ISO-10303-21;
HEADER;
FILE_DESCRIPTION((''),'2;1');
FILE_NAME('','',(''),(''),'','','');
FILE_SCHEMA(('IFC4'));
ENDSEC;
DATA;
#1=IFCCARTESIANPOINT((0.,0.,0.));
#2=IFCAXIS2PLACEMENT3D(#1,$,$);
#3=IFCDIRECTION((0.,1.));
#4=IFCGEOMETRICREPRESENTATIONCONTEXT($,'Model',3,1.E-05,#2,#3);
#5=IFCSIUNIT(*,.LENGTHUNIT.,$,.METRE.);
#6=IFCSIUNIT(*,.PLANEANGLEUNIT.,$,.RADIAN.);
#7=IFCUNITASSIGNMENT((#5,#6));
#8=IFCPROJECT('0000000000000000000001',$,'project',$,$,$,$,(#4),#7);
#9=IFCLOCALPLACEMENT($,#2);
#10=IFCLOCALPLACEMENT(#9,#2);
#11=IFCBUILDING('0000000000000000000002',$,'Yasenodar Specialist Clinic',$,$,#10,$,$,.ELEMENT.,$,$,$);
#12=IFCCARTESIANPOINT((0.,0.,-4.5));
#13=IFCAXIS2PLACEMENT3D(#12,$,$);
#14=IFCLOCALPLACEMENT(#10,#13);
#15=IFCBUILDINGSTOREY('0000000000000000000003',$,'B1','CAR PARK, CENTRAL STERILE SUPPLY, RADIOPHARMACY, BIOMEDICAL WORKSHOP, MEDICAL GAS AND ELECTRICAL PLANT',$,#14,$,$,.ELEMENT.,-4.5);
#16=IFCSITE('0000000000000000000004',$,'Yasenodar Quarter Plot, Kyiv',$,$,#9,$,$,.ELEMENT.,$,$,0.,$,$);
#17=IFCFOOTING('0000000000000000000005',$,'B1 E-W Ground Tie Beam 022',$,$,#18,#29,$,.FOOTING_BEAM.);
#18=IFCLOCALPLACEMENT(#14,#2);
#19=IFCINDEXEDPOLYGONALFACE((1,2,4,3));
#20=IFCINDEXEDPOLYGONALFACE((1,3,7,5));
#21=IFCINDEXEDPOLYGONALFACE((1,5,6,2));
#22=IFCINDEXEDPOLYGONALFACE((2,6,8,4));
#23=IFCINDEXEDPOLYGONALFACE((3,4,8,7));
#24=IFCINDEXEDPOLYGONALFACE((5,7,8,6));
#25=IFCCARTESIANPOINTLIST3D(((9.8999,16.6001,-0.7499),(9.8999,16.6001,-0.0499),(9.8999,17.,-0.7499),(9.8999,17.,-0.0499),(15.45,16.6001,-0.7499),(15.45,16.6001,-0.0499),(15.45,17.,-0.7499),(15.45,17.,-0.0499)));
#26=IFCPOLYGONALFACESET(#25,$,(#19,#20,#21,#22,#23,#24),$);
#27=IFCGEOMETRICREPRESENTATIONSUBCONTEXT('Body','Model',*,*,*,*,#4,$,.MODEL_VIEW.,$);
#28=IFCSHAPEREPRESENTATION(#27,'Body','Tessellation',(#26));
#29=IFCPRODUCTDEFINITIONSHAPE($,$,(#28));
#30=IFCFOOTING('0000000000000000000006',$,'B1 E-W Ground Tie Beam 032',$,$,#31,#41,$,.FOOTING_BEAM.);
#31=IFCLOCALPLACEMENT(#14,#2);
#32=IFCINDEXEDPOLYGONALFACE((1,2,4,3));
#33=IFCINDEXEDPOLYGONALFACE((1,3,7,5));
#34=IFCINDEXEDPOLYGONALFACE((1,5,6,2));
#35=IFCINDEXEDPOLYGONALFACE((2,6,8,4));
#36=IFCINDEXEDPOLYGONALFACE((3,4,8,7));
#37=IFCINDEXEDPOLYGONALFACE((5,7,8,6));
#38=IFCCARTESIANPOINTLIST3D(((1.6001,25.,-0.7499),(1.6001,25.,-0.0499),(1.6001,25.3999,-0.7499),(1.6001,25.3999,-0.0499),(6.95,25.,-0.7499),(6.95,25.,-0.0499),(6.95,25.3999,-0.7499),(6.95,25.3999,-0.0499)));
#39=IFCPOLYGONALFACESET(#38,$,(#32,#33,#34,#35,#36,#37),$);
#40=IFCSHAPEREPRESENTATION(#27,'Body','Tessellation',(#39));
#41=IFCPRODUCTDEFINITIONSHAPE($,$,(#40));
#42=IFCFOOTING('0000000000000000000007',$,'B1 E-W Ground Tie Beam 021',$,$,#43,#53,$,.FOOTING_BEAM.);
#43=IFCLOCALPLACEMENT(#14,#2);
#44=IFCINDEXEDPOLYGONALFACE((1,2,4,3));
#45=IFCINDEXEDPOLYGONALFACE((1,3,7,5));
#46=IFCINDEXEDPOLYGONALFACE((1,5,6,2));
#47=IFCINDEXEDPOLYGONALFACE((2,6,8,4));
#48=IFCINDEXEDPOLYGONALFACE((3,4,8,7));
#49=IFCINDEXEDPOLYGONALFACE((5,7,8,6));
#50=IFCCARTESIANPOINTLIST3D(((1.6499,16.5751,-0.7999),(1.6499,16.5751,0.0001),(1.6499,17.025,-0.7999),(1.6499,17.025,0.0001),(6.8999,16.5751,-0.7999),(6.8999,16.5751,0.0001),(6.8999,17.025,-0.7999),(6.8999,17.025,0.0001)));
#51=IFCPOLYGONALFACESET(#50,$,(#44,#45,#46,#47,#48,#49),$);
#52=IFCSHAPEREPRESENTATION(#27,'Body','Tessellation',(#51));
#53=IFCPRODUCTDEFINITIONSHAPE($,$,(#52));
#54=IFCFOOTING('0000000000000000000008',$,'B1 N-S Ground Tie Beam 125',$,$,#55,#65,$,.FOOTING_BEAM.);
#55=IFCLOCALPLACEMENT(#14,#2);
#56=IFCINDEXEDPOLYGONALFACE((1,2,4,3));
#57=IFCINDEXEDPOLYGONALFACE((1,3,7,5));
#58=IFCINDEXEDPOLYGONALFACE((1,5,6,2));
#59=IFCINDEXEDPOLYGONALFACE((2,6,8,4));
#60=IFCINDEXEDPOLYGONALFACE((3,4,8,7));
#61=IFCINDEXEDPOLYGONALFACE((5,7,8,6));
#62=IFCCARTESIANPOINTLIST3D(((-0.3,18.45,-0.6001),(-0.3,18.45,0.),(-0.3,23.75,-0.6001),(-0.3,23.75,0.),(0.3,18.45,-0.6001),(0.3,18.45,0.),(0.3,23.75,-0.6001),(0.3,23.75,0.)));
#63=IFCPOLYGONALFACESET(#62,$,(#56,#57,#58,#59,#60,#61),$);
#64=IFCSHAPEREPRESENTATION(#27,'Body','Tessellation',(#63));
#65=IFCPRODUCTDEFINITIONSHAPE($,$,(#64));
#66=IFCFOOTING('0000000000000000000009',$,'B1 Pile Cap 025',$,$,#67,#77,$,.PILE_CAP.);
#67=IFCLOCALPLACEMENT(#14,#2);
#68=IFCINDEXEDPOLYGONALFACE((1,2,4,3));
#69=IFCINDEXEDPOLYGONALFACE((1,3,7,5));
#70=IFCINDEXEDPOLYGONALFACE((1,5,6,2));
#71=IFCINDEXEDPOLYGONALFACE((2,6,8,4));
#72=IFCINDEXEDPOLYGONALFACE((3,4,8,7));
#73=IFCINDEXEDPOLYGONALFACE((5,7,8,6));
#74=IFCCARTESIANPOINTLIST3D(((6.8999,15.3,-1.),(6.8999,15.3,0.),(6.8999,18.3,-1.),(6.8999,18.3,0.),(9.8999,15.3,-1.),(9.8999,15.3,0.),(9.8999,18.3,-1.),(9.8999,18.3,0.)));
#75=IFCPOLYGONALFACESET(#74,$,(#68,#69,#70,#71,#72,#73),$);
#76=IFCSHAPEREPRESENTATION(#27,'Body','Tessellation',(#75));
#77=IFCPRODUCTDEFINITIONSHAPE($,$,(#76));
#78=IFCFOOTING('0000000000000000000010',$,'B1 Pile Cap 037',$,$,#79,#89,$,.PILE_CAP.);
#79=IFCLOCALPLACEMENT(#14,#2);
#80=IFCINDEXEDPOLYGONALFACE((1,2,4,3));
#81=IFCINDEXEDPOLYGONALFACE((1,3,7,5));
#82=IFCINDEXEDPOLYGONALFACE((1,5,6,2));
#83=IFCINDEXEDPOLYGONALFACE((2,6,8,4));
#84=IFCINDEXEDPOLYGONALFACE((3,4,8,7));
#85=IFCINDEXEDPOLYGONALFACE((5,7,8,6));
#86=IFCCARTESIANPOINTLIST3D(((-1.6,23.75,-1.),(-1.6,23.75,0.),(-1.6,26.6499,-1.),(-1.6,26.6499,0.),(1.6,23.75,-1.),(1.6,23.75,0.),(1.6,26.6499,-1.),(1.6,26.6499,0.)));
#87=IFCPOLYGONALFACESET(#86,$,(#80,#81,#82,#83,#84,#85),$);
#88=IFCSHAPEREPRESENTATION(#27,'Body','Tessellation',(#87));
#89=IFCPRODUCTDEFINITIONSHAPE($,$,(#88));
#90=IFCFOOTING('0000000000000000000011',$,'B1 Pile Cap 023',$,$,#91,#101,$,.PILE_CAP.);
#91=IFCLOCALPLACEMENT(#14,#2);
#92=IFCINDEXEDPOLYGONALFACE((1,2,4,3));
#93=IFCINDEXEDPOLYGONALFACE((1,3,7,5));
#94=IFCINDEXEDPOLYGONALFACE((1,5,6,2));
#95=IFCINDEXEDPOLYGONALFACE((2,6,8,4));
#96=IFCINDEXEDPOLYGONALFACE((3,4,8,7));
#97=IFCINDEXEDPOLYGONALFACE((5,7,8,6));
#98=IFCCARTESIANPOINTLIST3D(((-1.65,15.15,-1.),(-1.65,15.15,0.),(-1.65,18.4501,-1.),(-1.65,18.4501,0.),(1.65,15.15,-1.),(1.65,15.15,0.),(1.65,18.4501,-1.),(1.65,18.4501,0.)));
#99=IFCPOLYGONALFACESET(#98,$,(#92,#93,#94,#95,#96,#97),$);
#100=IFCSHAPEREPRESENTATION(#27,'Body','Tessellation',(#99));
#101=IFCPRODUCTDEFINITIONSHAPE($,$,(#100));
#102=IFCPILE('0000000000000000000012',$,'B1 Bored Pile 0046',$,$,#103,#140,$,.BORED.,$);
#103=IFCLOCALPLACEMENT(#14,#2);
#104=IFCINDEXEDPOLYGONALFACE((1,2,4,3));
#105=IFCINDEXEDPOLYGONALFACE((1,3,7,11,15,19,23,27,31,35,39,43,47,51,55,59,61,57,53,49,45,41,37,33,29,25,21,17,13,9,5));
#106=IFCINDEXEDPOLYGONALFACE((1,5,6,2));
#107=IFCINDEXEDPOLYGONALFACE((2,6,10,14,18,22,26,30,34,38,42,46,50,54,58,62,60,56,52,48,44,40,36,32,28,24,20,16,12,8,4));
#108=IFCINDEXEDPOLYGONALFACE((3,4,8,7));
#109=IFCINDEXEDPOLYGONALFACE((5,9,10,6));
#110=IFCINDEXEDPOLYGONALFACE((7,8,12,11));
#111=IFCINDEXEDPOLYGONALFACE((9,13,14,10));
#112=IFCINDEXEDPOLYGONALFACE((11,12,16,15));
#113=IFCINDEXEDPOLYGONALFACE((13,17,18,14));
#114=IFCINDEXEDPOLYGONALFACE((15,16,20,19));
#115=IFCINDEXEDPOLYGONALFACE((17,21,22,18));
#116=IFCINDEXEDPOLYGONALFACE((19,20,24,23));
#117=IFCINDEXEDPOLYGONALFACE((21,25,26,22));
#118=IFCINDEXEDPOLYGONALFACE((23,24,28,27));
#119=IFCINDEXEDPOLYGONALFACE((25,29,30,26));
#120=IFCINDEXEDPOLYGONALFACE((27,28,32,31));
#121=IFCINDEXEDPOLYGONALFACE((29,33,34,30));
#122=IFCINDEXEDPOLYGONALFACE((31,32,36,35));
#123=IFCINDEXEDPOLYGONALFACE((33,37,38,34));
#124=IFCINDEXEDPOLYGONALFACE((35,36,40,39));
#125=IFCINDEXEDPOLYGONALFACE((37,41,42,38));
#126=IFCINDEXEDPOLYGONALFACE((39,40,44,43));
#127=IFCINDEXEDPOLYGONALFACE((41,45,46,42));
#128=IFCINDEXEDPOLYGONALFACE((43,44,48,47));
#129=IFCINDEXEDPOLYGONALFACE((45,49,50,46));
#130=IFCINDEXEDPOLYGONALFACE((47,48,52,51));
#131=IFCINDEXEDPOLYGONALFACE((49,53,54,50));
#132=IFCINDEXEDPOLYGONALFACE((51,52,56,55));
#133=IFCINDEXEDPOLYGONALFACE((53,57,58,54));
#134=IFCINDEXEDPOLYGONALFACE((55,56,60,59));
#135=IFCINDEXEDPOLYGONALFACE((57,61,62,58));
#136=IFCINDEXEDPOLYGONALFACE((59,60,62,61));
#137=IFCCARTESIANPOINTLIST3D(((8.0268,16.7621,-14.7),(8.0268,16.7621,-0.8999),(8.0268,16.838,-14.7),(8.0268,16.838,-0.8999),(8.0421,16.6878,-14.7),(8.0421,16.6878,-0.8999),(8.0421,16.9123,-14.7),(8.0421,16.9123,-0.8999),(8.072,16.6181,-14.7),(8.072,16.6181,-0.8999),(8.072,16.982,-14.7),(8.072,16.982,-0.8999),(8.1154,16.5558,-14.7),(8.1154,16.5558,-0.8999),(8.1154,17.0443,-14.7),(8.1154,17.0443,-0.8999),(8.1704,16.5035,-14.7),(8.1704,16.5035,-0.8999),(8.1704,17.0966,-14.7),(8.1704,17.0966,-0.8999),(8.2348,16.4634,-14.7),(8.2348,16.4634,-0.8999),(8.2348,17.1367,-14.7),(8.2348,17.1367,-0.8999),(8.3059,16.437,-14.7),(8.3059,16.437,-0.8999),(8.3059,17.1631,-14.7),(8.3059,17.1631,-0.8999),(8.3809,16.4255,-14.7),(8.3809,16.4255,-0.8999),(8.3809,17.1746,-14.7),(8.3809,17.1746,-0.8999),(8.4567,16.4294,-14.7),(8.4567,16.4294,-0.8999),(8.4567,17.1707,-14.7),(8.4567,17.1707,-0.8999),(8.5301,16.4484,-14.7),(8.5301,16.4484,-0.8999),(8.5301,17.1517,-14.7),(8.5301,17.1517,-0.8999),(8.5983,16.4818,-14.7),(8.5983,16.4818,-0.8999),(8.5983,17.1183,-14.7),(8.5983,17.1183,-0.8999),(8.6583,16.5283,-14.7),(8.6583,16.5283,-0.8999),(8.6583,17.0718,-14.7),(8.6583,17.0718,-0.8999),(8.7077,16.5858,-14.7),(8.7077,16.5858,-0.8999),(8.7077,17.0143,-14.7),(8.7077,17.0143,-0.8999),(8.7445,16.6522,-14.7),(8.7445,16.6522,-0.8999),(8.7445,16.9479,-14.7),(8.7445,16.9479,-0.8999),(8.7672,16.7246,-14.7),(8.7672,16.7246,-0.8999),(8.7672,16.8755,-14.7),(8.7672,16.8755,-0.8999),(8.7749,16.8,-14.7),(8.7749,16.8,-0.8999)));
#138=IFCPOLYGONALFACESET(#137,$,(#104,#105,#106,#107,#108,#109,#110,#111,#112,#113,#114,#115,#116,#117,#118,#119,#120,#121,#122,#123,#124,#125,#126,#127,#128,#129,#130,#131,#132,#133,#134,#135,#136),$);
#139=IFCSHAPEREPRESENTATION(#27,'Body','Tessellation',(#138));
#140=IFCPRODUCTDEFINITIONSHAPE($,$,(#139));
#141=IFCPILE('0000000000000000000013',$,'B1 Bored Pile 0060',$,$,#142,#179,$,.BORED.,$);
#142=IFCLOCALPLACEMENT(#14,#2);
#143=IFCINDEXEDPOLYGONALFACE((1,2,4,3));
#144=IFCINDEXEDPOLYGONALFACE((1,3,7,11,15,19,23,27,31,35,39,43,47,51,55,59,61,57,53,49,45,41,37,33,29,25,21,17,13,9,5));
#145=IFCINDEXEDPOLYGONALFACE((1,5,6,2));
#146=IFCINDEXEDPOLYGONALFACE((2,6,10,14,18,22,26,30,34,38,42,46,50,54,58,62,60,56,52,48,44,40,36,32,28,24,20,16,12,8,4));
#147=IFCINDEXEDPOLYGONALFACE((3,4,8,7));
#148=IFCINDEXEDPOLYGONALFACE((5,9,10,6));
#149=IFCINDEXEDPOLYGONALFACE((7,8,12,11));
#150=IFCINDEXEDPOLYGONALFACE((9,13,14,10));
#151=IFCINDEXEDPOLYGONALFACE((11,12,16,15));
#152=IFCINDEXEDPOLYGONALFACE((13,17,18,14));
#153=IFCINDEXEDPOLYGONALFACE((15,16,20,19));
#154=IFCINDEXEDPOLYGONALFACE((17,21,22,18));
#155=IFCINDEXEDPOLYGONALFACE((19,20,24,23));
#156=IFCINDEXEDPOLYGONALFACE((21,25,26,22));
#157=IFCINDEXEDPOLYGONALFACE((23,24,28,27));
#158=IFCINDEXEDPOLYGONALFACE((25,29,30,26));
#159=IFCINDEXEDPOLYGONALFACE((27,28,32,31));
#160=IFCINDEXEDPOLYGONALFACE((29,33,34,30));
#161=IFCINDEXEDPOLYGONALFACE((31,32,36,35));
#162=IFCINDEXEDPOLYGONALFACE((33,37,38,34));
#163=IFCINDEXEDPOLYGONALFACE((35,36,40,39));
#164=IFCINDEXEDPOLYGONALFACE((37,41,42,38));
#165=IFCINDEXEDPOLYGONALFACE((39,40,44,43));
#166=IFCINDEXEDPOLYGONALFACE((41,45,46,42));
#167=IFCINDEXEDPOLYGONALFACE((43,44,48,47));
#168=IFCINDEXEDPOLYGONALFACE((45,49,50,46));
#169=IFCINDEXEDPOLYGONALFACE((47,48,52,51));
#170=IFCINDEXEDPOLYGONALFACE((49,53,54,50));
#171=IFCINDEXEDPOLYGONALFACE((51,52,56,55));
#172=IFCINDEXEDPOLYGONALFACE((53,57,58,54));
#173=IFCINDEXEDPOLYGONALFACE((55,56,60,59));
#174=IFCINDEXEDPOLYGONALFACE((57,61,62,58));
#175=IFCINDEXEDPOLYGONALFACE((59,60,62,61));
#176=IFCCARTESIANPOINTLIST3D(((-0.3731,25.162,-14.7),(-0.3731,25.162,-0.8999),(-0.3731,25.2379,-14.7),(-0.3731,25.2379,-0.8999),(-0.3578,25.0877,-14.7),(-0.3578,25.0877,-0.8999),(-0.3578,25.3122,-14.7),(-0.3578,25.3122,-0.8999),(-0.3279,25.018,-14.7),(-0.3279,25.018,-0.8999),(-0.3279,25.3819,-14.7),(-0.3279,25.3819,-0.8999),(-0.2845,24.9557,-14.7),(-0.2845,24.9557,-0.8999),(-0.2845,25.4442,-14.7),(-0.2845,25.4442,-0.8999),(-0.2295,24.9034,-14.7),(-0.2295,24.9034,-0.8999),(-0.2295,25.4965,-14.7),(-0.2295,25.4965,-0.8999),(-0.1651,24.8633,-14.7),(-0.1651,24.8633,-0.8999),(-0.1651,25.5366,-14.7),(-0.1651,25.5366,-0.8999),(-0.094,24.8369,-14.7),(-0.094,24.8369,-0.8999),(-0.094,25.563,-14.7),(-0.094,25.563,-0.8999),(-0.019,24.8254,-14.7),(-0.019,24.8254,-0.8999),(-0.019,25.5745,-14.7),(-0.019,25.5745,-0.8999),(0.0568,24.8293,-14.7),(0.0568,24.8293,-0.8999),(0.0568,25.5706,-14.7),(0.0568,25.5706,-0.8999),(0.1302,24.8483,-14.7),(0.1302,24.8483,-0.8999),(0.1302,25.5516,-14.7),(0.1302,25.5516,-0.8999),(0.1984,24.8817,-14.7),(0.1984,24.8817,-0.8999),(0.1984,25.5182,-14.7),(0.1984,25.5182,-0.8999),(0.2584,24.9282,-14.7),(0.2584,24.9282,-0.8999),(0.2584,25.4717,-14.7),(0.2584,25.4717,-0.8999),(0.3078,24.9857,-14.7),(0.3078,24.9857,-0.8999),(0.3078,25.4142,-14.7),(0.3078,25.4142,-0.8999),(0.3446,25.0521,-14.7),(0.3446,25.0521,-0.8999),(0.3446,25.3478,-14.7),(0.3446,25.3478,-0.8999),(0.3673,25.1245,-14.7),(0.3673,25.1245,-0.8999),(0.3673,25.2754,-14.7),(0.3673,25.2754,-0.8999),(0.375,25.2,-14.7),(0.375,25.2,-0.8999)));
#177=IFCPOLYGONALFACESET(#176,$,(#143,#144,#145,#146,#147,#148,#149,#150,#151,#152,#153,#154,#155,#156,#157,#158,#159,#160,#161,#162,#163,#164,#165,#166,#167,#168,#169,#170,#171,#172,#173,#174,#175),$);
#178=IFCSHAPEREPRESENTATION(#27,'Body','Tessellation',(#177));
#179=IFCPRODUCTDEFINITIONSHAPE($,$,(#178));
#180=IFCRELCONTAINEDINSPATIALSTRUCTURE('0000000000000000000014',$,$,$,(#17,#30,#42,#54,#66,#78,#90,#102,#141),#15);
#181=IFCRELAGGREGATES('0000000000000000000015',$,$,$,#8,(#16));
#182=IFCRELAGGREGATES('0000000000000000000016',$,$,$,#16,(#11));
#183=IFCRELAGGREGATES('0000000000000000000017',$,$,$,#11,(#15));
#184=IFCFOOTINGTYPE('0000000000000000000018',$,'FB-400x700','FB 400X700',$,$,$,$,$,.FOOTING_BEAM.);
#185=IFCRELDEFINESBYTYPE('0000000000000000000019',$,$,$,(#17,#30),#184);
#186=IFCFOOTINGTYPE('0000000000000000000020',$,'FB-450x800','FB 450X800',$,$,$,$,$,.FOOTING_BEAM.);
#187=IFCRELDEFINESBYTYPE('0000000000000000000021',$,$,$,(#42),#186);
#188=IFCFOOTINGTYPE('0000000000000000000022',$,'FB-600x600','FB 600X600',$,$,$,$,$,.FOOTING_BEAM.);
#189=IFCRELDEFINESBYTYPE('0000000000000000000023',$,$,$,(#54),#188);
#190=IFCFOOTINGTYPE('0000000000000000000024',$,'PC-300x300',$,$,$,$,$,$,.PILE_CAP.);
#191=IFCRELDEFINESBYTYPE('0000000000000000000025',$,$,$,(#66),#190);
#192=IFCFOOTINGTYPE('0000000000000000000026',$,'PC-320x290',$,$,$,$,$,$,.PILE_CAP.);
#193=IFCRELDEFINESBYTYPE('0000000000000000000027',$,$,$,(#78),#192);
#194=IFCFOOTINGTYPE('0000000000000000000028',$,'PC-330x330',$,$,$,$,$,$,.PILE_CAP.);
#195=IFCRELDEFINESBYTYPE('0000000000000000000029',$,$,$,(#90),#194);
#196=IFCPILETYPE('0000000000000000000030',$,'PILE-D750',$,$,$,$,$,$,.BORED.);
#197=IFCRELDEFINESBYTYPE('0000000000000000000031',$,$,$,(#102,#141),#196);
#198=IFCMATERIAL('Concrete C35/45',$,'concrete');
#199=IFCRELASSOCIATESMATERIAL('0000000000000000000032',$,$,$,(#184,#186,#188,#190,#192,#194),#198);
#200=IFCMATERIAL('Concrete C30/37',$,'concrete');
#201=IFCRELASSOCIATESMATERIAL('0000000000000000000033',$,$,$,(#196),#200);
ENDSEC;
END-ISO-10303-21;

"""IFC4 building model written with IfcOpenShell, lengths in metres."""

from ifc_helpers import new_model, si_unit, direction, frame, origin, origin_2d, place, context, subcontext, project, spatial, rectangle, circle, extrude, material, material_profile, profile_set, type_object, element, save


model = new_model("IFC4")

# Units and contexts
model_context = context("Model", 3, precision=1e-05, world=origin(), true_north=direction((0.0, 1.0)))
body_context = subcontext(model_context, "Body", "Model", "MODEL_VIEW")
ifc_project = project(units=[si_unit("LENGTHUNIT", "METRE"), si_unit("PLANEANGLEUNIT", "RADIAN")], contexts=[model_context])

# Site, building, storey
site_placement = place(None, origin())
site = spatial("IfcSite", under=ifc_project, at=site_placement, Name="Yasenodar Quarter Plot, Kyiv", CompositionType="ELEMENT", RefElevation=0.0)
building_placement = place(site_placement, origin())
building = spatial("IfcBuilding", under=site, at=building_placement, Name="Yasenodar Specialist Clinic", CompositionType="ELEMENT")
storey_placement = place(building_placement, frame((0.0, 0.0, -4.5)))
storey = spatial("IfcBuildingStorey", under=building, at=storey_placement, Name="B1", Description="CAR PARK, CENTRAL STERILE SUPPLY, RADIOPHARMACY, BIOMEDICAL WORKSHOP, MEDICAL GAS AND ELECTRICAL PLANT", CompositionType="ELEMENT", Elevation=-4.5)

# Footings
ifc_material_1 = material(Name="Concrete C35/45", Category="concrete")
ifc_material_profile_1 = material_profile(ifc_material_1, rectangle(XDim=0.3999, YDim=0.7, at=origin_2d()), Name="RC 400x700")
ifc_profile_set_1 = profile_set([ifc_material_profile_1], Name="Concrete C35/45")
footing_type_1 = type_object("IfcFootingType", Name="FB-400x700", Description="FB 400X700", PredefinedType="FOOTING_BEAM", material=ifc_profile_set_1)
footing_1_placement = place(storey_placement, frame((9.8999, 16.8, -0.3999), z_axis=(1.0, 0.0, 0.0), x_axis=(0.0, 1.0, 0.0)))
element("IfcFooting", 1, at=footing_1_placement, inside=storey, type_object=footing_type_1, Name="B1 E-W Ground Tie Beam 022", PredefinedType="FOOTING_BEAM", context=body_context, shape_type="SweptSolid", body=[
    extrude(rectangle(XDim=0.3999, YDim=0.7, at=origin_2d()), origin(), (0.0, 0.0, 1.0), 5.55),
])
footing_2_placement = place(storey_placement, frame((1.6001, 25.2, -0.3999), z_axis=(1.0, 0.0, 0.0), x_axis=(0.0, 1.0, 0.0)))
element("IfcFooting", 2, at=footing_2_placement, inside=storey, type_object=footing_type_1, Name="B1 E-W Ground Tie Beam 032", PredefinedType="FOOTING_BEAM", context=body_context, shape_type="SweptSolid", body=[
    extrude(rectangle(XDim=0.3999, YDim=0.7, at=origin_2d()), origin(), (0.0, 0.0, 1.0), 5.3499),
])
ifc_material_profile_2 = material_profile(ifc_material_1, rectangle(XDim=0.45, YDim=0.8, at=origin_2d()), Name="RC 450x800")
ifc_profile_set_2 = profile_set([ifc_material_profile_2], Name="Concrete C35/45")
footing_type_2 = type_object("IfcFootingType", Name="FB-450x800", Description="FB 450X800", PredefinedType="FOOTING_BEAM", material=ifc_profile_set_2)
footing_3_placement = place(storey_placement, frame((1.6499, 16.8, -0.3999), z_axis=(1.0, 0.0, 0.0), x_axis=(0.0, 1.0, 0.0)))
element("IfcFooting", 3, at=footing_3_placement, inside=storey, type_object=footing_type_2, Name="B1 E-W Ground Tie Beam 021", PredefinedType="FOOTING_BEAM", context=body_context, shape_type="SweptSolid", body=[
    extrude(rectangle(XDim=0.45, YDim=0.8, at=origin_2d()), origin(), (0.0, 0.0, 1.0), 5.25),
])
ifc_material_profile_3 = material_profile(ifc_material_1, rectangle(XDim=0.6001, YDim=0.6001, at=origin_2d()), Name="RC 600x600")
ifc_profile_set_3 = profile_set([ifc_material_profile_3], Name="Concrete C35/45")
footing_type_3 = type_object("IfcFootingType", Name="FB-600x600", Description="FB 600X600", PredefinedType="FOOTING_BEAM", material=ifc_profile_set_3)
footing_4_placement = place(storey_placement, frame((0.0, 18.45, -0.3), z_axis=(0.0, 1.0, 0.0), x_axis=(-1.0, 0.0, 0.0)))
element("IfcFooting", 4, at=footing_4_placement, inside=storey, type_object=footing_type_3, Name="B1 N-S Ground Tie Beam 125", PredefinedType="FOOTING_BEAM", context=body_context, shape_type="SweptSolid", body=[
    extrude(rectangle(XDim=0.6001, YDim=0.6001, at=origin_2d()), origin(), (0.0, 0.0, 1.0), 5.3),
])
footing_type_4 = type_object("IfcFootingType", Name="PC-300x300", PredefinedType="PILE_CAP", material=ifc_material_1)
footing_5_placement = place(storey_placement, frame((8.3999, 16.8, -1.0), z_axis=(0.0, 0.0, 1.0), x_axis=(1.0, 0.0, 0.0)))
element("IfcFooting", 5, at=footing_5_placement, inside=storey, type_object=footing_type_4, Name="B1 Pile Cap 025", PredefinedType="PILE_CAP", context=body_context, shape_type="SweptSolid", body=[
    extrude(rectangle(XDim=3.0, YDim=3.0, at=origin_2d()), origin(), (0.0, 0.0, 1.0), 1.0),
])
footing_type_5 = type_object("IfcFootingType", Name="PC-320x290", PredefinedType="PILE_CAP", material=ifc_material_1)
footing_6_placement = place(storey_placement, frame((0.0, 25.2, -1.0), z_axis=(0.0, 0.0, 1.0), x_axis=(1.0, 0.0, 0.0)))
element("IfcFooting", 6, at=footing_6_placement, inside=storey, type_object=footing_type_5, Name="B1 Pile Cap 037", PredefinedType="PILE_CAP", context=body_context, shape_type="SweptSolid", body=[
    extrude(rectangle(XDim=3.2, YDim=2.8999, at=origin_2d()), origin(), (0.0, 0.0, 1.0), 1.0),
])
footing_type_6 = type_object("IfcFootingType", Name="PC-330x330", PredefinedType="PILE_CAP", material=ifc_material_1)
footing_7_placement = place(storey_placement, frame((0.0, 16.8, -1.0), z_axis=(0.0, 0.0, 1.0), x_axis=(1.0, 0.0, 0.0)))
element("IfcFooting", 7, at=footing_7_placement, inside=storey, type_object=footing_type_6, Name="B1 Pile Cap 023", PredefinedType="PILE_CAP", context=body_context, shape_type="SweptSolid", body=[
    extrude(rectangle(XDim=3.3, YDim=3.3, at=origin_2d()), origin(), (0.0, 0.0, 1.0), 1.0),
])

# Piles
ifc_material_2 = material(Name="Concrete C30/37", Category="concrete")
ifc_material_profile_4 = material_profile(ifc_material_2, circle(Radius=0.375, at=origin_2d()), Name="PILE D750")
ifc_profile_set_4 = profile_set([ifc_material_profile_4], Name="Concrete C30/37")
pile_type_1 = type_object("IfcPileType", Name="PILE-D750", PredefinedType="BORED", material=ifc_profile_set_4)
for number, where, z_axis, x_axis, name in (
    (8, (8.3999, 16.8, -0.8999), (0.0, 0.0, -1.0), (1.0, 0.0, 0.0), "B1 Bored Pile 0046"),
    (9, (0.0, 25.2, -0.8999), (0.0, 0.0, -1.0), (1.0, 0.0, 0.0), "B1 Bored Pile 0060"),
):
    element("IfcPile", number, at=place(storey_placement, frame(where, z_axis=z_axis, x_axis=x_axis)), inside=storey, type_object=pile_type_1, Name=name, PredefinedType="BORED", context=body_context, shape_type="SweptSolid", body=[
        extrude(circle(Radius=0.375, at=origin_2d()), origin(), (0.0, 0.0, 1.0), 13.8),
    ])

save(model, "model.ifc")
